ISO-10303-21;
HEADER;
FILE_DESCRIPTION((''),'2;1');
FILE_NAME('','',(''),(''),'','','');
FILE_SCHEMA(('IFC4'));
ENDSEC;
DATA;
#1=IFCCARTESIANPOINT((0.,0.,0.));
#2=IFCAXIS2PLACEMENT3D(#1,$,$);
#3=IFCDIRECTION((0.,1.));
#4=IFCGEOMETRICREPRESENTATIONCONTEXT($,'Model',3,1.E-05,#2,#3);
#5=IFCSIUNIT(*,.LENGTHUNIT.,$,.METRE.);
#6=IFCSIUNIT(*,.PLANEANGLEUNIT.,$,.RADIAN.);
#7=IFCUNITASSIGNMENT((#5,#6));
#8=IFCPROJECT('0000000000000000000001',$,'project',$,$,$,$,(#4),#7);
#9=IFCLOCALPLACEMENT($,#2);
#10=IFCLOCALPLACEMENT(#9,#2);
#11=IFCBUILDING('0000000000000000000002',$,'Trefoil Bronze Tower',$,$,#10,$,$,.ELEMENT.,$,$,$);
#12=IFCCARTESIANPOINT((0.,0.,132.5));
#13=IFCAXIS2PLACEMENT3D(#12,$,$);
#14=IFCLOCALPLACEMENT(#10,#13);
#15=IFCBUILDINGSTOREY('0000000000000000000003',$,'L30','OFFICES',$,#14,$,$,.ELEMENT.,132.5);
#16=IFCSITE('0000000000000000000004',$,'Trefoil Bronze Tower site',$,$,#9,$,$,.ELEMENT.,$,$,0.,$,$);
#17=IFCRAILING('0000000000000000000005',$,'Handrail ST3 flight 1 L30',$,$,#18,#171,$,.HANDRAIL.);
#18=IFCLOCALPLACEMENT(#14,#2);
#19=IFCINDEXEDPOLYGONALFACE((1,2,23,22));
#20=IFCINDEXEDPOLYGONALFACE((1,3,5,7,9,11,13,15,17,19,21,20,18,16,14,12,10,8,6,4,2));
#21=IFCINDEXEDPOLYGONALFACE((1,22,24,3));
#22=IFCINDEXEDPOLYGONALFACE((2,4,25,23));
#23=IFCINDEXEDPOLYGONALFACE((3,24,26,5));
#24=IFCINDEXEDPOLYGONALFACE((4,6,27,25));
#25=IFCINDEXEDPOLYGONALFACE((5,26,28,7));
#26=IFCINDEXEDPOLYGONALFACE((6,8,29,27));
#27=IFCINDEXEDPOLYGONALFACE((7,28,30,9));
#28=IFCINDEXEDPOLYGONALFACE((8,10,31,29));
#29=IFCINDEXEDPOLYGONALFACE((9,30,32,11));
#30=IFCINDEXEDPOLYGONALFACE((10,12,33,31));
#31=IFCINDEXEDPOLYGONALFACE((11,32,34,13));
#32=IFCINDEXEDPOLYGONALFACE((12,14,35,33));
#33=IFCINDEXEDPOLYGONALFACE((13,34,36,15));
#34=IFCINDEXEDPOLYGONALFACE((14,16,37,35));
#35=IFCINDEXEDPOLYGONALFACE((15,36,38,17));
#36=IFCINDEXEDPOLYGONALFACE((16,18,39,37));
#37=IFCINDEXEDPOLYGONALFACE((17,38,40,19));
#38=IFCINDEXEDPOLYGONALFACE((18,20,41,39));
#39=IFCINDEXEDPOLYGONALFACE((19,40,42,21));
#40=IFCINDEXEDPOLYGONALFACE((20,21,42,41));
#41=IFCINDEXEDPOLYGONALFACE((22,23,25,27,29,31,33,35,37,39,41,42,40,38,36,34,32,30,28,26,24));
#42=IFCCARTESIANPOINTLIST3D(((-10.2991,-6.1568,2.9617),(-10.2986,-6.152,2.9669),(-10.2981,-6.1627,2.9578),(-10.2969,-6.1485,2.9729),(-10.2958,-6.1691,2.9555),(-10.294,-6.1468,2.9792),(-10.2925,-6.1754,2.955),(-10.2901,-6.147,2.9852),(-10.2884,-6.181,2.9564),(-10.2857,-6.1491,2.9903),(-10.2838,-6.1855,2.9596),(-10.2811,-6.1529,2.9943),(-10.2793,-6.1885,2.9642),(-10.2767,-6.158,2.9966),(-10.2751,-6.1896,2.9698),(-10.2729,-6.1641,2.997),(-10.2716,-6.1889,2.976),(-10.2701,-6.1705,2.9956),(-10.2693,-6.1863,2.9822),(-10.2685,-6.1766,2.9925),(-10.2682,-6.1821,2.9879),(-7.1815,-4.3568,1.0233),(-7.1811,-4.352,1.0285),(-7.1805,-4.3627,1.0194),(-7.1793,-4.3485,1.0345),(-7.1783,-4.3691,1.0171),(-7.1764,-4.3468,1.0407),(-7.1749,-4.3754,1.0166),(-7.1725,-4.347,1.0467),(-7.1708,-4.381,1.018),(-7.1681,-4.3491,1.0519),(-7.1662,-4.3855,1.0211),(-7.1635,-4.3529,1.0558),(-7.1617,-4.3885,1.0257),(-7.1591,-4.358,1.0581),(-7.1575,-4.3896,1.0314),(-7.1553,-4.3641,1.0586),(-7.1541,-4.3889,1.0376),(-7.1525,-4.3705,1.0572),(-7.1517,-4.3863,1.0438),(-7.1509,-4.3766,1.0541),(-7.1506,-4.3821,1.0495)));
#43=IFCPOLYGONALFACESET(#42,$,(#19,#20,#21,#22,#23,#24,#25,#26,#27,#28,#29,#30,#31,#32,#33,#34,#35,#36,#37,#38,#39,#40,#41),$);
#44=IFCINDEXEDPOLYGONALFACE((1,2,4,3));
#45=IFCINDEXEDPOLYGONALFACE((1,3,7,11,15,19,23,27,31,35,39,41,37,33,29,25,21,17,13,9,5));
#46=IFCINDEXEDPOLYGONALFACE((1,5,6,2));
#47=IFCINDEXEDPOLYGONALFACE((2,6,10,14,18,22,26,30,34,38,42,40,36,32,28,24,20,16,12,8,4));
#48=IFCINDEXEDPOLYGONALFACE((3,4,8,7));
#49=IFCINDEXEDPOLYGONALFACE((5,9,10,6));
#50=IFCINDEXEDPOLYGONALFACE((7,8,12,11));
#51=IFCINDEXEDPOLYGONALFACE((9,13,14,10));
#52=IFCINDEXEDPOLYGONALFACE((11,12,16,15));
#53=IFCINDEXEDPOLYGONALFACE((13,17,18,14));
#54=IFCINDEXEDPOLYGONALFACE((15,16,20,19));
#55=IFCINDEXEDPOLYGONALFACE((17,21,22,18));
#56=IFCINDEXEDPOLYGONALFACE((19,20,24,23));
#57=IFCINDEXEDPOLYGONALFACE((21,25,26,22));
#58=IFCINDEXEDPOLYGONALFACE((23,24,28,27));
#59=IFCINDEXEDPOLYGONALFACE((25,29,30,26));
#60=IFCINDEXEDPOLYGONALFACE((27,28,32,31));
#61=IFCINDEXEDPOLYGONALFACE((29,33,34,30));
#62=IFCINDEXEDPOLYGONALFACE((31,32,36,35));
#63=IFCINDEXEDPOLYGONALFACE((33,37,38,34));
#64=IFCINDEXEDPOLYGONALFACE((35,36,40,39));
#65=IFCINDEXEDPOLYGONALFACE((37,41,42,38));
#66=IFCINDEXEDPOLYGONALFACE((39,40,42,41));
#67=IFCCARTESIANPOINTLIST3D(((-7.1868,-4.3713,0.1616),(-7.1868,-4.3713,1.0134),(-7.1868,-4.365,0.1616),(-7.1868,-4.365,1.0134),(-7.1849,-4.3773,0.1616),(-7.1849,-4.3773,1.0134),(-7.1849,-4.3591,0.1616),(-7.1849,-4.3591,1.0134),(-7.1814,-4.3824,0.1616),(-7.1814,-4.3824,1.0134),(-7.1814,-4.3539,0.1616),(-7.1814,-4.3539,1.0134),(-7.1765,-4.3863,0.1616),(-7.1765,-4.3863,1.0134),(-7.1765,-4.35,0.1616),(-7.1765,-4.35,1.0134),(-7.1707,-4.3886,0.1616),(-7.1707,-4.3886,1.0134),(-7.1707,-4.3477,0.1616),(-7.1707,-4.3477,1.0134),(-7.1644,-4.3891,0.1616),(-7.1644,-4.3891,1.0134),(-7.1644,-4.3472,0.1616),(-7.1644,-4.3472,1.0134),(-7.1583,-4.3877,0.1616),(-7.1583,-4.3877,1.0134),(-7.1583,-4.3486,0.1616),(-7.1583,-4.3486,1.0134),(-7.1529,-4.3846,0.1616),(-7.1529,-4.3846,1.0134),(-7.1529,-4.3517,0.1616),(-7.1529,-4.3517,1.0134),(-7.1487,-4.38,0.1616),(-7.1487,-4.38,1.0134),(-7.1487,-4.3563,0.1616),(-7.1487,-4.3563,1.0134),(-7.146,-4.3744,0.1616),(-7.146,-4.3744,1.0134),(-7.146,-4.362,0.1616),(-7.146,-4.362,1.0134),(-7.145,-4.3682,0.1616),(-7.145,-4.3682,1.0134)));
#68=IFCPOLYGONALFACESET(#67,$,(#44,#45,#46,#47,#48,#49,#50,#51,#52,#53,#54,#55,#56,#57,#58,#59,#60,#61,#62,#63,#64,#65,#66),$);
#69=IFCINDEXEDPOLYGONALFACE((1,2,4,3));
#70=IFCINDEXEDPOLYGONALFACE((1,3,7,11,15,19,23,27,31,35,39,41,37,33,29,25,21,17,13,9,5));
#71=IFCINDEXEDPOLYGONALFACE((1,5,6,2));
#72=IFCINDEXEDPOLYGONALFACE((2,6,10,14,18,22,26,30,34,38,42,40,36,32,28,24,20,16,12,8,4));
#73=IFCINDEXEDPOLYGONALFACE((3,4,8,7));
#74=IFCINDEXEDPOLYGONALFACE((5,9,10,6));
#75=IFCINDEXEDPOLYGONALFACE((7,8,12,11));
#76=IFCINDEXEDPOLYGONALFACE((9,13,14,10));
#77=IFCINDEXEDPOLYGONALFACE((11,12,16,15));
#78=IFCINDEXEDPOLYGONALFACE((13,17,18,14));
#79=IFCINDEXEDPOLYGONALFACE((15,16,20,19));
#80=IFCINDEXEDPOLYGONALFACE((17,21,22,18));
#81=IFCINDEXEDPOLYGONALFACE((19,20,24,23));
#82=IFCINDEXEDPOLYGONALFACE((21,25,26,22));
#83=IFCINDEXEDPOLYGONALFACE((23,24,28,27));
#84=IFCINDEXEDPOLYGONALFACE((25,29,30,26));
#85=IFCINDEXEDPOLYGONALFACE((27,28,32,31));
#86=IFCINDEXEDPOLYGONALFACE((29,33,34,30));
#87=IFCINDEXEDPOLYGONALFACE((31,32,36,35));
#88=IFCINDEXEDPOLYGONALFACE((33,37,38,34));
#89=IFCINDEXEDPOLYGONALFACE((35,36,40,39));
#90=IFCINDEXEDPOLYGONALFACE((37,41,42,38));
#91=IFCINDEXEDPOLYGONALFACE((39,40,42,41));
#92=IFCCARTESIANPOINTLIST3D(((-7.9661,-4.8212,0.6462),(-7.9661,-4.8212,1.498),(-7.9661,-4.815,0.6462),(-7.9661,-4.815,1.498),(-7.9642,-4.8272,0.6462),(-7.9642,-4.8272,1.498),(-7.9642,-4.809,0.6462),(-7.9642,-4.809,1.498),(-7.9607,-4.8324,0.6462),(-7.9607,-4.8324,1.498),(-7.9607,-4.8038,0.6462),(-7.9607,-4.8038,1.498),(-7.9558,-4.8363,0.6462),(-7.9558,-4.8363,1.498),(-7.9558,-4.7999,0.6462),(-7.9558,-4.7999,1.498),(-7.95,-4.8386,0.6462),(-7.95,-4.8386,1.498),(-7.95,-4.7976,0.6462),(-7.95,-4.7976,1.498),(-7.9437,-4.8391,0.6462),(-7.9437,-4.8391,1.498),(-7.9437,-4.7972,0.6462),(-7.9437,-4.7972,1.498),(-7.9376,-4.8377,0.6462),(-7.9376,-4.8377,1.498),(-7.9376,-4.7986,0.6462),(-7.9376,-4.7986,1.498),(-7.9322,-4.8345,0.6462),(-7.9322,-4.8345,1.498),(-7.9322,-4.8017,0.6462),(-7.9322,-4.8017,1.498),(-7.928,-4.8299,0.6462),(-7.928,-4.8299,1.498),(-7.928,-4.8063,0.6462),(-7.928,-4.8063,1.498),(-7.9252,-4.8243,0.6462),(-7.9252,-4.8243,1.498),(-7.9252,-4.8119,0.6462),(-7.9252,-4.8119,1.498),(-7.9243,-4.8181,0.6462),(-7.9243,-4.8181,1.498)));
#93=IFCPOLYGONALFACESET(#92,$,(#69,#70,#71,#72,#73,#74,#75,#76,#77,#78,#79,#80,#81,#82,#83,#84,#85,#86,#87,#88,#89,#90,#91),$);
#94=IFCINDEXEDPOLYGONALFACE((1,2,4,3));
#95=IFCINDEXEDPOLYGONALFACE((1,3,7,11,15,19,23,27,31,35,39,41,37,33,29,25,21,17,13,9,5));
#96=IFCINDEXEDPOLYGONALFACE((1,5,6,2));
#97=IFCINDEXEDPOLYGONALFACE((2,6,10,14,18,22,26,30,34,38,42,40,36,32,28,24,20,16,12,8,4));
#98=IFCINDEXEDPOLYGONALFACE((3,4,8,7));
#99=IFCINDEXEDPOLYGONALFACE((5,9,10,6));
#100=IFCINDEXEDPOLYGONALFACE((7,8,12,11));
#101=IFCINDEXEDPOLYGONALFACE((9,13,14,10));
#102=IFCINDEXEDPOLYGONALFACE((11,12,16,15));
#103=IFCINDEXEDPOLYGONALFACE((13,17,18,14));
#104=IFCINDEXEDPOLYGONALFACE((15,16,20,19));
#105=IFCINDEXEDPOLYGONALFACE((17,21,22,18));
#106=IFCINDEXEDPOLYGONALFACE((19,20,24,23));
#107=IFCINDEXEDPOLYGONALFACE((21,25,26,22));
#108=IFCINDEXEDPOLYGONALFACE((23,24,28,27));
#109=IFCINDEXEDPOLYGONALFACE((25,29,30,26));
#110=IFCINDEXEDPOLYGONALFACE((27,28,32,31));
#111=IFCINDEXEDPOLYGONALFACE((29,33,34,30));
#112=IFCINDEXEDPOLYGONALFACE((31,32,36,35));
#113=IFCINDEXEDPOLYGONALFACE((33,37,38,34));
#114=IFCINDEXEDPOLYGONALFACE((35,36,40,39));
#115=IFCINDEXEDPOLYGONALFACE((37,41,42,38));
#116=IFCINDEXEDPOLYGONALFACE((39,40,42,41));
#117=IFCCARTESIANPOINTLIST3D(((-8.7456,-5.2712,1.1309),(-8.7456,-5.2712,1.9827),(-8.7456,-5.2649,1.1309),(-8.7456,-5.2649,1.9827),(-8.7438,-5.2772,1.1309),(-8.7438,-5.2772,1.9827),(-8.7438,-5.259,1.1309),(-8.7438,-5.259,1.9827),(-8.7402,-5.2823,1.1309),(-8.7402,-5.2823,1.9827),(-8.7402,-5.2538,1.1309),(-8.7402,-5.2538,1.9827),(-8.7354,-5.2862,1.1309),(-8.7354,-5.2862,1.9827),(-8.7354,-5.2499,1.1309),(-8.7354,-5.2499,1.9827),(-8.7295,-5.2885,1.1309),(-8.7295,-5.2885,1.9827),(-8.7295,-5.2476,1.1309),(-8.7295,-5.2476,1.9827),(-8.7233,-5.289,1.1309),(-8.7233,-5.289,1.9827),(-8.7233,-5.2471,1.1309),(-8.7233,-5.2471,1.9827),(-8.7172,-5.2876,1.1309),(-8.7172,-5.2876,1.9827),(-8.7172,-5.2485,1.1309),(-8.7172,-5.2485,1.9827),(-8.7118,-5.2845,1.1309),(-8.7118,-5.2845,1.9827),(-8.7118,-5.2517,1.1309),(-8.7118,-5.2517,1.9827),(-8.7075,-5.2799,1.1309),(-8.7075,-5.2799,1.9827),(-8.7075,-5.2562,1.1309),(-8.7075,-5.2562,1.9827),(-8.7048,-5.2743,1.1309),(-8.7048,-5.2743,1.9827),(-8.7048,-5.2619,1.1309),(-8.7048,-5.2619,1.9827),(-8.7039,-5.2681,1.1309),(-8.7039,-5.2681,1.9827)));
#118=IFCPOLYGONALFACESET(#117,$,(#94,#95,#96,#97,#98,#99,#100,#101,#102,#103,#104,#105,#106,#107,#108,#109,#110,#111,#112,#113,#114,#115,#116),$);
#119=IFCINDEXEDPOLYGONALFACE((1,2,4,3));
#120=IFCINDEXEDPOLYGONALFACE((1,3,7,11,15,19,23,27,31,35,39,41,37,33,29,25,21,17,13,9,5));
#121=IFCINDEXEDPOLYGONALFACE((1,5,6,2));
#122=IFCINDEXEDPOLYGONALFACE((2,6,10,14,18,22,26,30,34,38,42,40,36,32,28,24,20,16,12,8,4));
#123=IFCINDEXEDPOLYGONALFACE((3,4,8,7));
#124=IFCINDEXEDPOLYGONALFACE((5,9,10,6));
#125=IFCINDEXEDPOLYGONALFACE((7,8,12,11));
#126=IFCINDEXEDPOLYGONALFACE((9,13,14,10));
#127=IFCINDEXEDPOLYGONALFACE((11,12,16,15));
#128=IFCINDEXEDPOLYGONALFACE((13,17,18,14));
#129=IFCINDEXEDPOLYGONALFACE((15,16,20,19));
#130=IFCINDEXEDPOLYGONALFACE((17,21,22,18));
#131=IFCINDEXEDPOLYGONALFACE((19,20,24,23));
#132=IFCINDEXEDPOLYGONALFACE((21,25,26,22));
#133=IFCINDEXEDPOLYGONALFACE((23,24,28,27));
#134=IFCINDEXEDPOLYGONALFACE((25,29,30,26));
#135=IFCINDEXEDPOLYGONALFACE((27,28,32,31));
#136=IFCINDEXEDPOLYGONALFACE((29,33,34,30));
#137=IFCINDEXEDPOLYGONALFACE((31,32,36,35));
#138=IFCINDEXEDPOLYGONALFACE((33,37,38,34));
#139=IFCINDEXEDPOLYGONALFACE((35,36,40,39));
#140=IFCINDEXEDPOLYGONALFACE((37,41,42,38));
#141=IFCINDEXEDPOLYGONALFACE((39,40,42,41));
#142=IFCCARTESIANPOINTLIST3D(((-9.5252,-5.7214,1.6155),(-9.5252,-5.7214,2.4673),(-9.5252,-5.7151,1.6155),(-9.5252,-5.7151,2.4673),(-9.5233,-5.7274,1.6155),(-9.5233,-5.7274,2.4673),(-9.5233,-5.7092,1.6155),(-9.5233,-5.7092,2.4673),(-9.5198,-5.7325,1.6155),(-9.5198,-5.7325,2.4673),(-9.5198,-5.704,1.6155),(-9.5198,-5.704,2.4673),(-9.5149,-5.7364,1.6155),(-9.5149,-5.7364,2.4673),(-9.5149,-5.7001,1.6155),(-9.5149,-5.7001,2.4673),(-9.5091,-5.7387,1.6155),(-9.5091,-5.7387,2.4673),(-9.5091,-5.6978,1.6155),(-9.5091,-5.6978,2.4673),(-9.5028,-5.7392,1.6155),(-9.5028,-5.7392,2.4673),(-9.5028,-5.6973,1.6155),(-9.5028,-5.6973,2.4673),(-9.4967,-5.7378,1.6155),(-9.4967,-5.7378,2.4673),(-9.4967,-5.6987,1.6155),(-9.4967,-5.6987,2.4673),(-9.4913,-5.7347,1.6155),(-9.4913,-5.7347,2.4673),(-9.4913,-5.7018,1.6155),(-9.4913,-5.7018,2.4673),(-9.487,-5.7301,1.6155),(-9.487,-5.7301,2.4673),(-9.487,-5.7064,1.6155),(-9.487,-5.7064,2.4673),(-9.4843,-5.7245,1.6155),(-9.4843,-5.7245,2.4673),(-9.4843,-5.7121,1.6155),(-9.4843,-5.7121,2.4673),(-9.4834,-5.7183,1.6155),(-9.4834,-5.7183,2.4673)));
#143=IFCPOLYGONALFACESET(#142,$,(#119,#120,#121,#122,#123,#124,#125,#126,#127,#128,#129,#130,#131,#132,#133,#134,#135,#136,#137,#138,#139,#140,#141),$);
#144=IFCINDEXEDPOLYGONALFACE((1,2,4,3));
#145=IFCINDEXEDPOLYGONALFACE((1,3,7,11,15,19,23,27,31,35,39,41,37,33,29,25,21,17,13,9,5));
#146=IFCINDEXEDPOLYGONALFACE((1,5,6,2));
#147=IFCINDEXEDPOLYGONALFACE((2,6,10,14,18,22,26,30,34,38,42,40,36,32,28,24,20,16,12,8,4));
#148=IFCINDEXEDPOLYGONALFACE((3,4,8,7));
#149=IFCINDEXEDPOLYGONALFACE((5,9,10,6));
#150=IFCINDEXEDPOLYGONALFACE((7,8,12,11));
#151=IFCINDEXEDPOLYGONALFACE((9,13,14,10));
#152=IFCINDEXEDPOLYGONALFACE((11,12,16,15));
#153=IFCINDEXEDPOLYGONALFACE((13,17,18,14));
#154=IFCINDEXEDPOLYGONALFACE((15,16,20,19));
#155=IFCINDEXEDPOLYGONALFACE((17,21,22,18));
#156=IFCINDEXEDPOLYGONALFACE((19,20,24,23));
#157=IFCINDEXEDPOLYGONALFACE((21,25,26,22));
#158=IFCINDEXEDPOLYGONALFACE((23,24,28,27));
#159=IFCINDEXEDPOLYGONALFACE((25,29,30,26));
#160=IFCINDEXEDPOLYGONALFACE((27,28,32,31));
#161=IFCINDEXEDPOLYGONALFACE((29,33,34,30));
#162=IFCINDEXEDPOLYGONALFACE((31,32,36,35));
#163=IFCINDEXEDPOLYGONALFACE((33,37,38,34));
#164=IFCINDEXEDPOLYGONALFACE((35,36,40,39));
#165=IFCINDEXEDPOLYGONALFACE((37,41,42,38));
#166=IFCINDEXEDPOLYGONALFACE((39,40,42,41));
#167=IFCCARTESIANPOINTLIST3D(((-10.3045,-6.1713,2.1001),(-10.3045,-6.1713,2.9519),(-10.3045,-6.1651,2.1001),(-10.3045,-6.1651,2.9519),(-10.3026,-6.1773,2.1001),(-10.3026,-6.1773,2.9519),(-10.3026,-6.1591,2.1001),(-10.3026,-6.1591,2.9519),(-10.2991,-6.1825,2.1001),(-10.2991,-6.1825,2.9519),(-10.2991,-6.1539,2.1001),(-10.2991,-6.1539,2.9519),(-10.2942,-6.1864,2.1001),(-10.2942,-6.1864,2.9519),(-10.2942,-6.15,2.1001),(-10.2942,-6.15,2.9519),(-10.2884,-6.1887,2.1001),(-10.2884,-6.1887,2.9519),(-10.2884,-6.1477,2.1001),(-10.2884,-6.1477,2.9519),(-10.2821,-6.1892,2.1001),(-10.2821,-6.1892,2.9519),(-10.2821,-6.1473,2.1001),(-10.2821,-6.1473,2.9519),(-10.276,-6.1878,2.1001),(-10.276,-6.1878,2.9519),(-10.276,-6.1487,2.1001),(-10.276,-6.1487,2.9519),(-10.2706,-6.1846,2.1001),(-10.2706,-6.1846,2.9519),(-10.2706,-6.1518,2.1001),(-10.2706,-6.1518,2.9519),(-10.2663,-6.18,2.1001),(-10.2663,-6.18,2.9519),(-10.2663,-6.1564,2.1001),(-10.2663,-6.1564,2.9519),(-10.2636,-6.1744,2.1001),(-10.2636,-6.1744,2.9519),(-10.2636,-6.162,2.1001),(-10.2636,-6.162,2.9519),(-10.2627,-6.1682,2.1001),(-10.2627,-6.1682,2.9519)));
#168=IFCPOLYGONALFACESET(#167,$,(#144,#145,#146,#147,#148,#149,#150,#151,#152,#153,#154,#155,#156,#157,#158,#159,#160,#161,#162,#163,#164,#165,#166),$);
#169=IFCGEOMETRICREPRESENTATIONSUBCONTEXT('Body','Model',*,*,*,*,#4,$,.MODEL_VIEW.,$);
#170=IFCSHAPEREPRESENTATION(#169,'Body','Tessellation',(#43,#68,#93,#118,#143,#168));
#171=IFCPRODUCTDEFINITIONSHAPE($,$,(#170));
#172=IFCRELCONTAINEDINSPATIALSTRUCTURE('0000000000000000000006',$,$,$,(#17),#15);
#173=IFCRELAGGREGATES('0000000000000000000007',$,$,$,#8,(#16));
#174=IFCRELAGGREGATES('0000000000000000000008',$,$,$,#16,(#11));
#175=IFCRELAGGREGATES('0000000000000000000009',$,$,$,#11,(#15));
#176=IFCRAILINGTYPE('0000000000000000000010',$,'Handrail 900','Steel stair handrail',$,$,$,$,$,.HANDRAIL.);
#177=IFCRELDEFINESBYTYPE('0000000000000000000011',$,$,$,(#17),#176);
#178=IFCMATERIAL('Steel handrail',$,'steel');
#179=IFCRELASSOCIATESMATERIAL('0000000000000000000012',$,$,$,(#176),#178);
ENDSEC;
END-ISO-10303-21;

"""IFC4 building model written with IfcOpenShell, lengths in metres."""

from ifc_helpers import new_model, si_unit, direction, frame, origin, origin_2d, place, context, subcontext, project, spatial, circle, extrude, material, type_object, element, save


model = new_model("IFC4")

# Units and contexts
model_context = context("Model", 3, precision=1e-05, world=origin(), true_north=direction((0.0, 1.0)))
body_context = subcontext(model_context, "Body", "Model", "MODEL_VIEW")
ifc_project = project(units=[si_unit("LENGTHUNIT", "METRE"), si_unit("PLANEANGLEUNIT", "RADIAN")], contexts=[model_context])

# Site, building, storey
site_placement = place(None, origin())
site = spatial("IfcSite", under=ifc_project, at=site_placement, Name="Trefoil Bronze Tower site", CompositionType="ELEMENT", RefElevation=0.0)
building_placement = place(site_placement, origin())
building = spatial("IfcBuilding", under=site, at=building_placement, Name="Trefoil Bronze Tower", CompositionType="ELEMENT")
storey_placement = place(building_placement, frame((0.0, 0.0, 132.5)))
storey = spatial("IfcBuildingStorey", under=building, at=storey_placement, Name="L30", Description="OFFICES", CompositionType="ELEMENT", Elevation=132.5)

# Railing
ifc_material_1 = material(Name="Steel handrail", Category="steel")
railing_type = type_object("IfcRailingType", Name="Handrail 900", Description="Steel stair handrail", PredefinedType="HANDRAIL", material=ifc_material_1)
railing_1_placement = place(storey_placement, frame((-7.166, -4.3682, 0.1616)))
element("IfcRailing", 1, at=railing_1_placement, inside=storey, type_object=railing_type, Name="Handrail ST3 flight 1 L30", PredefinedType="HANDRAIL", context=body_context, shape_type="SweptSolid", body=[
    extrude(circle(Radius=0.0239, at=origin_2d()), frame((0.0, 0.0, 0.876), z_axis=(-0.762503, -0.440246, 0.474102), x_axis=(0.500012, -0.866018, 0.0)), (0.0, 0.0, 1.0), 4.0886),
    extrude(circle(Radius=0.021, at=origin_2d()), origin(), (0.0, 0.0, 1.0), 0.8518),
    extrude(circle(Radius=0.021, at=origin_2d()), frame((-0.7793, -0.45, 0.4846)), (0.0, 0.0, 1.0), 0.8518),
    extrude(circle(Radius=0.021, at=origin_2d()), frame((-1.5588, -0.8999, 0.9692)), (0.0, 0.0, 1.0), 0.8518),
    extrude(circle(Radius=0.021, at=origin_2d()), frame((-2.3384, -1.3501, 1.4539)), (0.0, 0.0, 1.0), 0.8518),
    extrude(circle(Radius=0.021, at=origin_2d()), frame((-3.1177, -1.8, 1.9385)), (0.0, 0.0, 1.0), 0.8518),
])

save(model, "model.ifc")
